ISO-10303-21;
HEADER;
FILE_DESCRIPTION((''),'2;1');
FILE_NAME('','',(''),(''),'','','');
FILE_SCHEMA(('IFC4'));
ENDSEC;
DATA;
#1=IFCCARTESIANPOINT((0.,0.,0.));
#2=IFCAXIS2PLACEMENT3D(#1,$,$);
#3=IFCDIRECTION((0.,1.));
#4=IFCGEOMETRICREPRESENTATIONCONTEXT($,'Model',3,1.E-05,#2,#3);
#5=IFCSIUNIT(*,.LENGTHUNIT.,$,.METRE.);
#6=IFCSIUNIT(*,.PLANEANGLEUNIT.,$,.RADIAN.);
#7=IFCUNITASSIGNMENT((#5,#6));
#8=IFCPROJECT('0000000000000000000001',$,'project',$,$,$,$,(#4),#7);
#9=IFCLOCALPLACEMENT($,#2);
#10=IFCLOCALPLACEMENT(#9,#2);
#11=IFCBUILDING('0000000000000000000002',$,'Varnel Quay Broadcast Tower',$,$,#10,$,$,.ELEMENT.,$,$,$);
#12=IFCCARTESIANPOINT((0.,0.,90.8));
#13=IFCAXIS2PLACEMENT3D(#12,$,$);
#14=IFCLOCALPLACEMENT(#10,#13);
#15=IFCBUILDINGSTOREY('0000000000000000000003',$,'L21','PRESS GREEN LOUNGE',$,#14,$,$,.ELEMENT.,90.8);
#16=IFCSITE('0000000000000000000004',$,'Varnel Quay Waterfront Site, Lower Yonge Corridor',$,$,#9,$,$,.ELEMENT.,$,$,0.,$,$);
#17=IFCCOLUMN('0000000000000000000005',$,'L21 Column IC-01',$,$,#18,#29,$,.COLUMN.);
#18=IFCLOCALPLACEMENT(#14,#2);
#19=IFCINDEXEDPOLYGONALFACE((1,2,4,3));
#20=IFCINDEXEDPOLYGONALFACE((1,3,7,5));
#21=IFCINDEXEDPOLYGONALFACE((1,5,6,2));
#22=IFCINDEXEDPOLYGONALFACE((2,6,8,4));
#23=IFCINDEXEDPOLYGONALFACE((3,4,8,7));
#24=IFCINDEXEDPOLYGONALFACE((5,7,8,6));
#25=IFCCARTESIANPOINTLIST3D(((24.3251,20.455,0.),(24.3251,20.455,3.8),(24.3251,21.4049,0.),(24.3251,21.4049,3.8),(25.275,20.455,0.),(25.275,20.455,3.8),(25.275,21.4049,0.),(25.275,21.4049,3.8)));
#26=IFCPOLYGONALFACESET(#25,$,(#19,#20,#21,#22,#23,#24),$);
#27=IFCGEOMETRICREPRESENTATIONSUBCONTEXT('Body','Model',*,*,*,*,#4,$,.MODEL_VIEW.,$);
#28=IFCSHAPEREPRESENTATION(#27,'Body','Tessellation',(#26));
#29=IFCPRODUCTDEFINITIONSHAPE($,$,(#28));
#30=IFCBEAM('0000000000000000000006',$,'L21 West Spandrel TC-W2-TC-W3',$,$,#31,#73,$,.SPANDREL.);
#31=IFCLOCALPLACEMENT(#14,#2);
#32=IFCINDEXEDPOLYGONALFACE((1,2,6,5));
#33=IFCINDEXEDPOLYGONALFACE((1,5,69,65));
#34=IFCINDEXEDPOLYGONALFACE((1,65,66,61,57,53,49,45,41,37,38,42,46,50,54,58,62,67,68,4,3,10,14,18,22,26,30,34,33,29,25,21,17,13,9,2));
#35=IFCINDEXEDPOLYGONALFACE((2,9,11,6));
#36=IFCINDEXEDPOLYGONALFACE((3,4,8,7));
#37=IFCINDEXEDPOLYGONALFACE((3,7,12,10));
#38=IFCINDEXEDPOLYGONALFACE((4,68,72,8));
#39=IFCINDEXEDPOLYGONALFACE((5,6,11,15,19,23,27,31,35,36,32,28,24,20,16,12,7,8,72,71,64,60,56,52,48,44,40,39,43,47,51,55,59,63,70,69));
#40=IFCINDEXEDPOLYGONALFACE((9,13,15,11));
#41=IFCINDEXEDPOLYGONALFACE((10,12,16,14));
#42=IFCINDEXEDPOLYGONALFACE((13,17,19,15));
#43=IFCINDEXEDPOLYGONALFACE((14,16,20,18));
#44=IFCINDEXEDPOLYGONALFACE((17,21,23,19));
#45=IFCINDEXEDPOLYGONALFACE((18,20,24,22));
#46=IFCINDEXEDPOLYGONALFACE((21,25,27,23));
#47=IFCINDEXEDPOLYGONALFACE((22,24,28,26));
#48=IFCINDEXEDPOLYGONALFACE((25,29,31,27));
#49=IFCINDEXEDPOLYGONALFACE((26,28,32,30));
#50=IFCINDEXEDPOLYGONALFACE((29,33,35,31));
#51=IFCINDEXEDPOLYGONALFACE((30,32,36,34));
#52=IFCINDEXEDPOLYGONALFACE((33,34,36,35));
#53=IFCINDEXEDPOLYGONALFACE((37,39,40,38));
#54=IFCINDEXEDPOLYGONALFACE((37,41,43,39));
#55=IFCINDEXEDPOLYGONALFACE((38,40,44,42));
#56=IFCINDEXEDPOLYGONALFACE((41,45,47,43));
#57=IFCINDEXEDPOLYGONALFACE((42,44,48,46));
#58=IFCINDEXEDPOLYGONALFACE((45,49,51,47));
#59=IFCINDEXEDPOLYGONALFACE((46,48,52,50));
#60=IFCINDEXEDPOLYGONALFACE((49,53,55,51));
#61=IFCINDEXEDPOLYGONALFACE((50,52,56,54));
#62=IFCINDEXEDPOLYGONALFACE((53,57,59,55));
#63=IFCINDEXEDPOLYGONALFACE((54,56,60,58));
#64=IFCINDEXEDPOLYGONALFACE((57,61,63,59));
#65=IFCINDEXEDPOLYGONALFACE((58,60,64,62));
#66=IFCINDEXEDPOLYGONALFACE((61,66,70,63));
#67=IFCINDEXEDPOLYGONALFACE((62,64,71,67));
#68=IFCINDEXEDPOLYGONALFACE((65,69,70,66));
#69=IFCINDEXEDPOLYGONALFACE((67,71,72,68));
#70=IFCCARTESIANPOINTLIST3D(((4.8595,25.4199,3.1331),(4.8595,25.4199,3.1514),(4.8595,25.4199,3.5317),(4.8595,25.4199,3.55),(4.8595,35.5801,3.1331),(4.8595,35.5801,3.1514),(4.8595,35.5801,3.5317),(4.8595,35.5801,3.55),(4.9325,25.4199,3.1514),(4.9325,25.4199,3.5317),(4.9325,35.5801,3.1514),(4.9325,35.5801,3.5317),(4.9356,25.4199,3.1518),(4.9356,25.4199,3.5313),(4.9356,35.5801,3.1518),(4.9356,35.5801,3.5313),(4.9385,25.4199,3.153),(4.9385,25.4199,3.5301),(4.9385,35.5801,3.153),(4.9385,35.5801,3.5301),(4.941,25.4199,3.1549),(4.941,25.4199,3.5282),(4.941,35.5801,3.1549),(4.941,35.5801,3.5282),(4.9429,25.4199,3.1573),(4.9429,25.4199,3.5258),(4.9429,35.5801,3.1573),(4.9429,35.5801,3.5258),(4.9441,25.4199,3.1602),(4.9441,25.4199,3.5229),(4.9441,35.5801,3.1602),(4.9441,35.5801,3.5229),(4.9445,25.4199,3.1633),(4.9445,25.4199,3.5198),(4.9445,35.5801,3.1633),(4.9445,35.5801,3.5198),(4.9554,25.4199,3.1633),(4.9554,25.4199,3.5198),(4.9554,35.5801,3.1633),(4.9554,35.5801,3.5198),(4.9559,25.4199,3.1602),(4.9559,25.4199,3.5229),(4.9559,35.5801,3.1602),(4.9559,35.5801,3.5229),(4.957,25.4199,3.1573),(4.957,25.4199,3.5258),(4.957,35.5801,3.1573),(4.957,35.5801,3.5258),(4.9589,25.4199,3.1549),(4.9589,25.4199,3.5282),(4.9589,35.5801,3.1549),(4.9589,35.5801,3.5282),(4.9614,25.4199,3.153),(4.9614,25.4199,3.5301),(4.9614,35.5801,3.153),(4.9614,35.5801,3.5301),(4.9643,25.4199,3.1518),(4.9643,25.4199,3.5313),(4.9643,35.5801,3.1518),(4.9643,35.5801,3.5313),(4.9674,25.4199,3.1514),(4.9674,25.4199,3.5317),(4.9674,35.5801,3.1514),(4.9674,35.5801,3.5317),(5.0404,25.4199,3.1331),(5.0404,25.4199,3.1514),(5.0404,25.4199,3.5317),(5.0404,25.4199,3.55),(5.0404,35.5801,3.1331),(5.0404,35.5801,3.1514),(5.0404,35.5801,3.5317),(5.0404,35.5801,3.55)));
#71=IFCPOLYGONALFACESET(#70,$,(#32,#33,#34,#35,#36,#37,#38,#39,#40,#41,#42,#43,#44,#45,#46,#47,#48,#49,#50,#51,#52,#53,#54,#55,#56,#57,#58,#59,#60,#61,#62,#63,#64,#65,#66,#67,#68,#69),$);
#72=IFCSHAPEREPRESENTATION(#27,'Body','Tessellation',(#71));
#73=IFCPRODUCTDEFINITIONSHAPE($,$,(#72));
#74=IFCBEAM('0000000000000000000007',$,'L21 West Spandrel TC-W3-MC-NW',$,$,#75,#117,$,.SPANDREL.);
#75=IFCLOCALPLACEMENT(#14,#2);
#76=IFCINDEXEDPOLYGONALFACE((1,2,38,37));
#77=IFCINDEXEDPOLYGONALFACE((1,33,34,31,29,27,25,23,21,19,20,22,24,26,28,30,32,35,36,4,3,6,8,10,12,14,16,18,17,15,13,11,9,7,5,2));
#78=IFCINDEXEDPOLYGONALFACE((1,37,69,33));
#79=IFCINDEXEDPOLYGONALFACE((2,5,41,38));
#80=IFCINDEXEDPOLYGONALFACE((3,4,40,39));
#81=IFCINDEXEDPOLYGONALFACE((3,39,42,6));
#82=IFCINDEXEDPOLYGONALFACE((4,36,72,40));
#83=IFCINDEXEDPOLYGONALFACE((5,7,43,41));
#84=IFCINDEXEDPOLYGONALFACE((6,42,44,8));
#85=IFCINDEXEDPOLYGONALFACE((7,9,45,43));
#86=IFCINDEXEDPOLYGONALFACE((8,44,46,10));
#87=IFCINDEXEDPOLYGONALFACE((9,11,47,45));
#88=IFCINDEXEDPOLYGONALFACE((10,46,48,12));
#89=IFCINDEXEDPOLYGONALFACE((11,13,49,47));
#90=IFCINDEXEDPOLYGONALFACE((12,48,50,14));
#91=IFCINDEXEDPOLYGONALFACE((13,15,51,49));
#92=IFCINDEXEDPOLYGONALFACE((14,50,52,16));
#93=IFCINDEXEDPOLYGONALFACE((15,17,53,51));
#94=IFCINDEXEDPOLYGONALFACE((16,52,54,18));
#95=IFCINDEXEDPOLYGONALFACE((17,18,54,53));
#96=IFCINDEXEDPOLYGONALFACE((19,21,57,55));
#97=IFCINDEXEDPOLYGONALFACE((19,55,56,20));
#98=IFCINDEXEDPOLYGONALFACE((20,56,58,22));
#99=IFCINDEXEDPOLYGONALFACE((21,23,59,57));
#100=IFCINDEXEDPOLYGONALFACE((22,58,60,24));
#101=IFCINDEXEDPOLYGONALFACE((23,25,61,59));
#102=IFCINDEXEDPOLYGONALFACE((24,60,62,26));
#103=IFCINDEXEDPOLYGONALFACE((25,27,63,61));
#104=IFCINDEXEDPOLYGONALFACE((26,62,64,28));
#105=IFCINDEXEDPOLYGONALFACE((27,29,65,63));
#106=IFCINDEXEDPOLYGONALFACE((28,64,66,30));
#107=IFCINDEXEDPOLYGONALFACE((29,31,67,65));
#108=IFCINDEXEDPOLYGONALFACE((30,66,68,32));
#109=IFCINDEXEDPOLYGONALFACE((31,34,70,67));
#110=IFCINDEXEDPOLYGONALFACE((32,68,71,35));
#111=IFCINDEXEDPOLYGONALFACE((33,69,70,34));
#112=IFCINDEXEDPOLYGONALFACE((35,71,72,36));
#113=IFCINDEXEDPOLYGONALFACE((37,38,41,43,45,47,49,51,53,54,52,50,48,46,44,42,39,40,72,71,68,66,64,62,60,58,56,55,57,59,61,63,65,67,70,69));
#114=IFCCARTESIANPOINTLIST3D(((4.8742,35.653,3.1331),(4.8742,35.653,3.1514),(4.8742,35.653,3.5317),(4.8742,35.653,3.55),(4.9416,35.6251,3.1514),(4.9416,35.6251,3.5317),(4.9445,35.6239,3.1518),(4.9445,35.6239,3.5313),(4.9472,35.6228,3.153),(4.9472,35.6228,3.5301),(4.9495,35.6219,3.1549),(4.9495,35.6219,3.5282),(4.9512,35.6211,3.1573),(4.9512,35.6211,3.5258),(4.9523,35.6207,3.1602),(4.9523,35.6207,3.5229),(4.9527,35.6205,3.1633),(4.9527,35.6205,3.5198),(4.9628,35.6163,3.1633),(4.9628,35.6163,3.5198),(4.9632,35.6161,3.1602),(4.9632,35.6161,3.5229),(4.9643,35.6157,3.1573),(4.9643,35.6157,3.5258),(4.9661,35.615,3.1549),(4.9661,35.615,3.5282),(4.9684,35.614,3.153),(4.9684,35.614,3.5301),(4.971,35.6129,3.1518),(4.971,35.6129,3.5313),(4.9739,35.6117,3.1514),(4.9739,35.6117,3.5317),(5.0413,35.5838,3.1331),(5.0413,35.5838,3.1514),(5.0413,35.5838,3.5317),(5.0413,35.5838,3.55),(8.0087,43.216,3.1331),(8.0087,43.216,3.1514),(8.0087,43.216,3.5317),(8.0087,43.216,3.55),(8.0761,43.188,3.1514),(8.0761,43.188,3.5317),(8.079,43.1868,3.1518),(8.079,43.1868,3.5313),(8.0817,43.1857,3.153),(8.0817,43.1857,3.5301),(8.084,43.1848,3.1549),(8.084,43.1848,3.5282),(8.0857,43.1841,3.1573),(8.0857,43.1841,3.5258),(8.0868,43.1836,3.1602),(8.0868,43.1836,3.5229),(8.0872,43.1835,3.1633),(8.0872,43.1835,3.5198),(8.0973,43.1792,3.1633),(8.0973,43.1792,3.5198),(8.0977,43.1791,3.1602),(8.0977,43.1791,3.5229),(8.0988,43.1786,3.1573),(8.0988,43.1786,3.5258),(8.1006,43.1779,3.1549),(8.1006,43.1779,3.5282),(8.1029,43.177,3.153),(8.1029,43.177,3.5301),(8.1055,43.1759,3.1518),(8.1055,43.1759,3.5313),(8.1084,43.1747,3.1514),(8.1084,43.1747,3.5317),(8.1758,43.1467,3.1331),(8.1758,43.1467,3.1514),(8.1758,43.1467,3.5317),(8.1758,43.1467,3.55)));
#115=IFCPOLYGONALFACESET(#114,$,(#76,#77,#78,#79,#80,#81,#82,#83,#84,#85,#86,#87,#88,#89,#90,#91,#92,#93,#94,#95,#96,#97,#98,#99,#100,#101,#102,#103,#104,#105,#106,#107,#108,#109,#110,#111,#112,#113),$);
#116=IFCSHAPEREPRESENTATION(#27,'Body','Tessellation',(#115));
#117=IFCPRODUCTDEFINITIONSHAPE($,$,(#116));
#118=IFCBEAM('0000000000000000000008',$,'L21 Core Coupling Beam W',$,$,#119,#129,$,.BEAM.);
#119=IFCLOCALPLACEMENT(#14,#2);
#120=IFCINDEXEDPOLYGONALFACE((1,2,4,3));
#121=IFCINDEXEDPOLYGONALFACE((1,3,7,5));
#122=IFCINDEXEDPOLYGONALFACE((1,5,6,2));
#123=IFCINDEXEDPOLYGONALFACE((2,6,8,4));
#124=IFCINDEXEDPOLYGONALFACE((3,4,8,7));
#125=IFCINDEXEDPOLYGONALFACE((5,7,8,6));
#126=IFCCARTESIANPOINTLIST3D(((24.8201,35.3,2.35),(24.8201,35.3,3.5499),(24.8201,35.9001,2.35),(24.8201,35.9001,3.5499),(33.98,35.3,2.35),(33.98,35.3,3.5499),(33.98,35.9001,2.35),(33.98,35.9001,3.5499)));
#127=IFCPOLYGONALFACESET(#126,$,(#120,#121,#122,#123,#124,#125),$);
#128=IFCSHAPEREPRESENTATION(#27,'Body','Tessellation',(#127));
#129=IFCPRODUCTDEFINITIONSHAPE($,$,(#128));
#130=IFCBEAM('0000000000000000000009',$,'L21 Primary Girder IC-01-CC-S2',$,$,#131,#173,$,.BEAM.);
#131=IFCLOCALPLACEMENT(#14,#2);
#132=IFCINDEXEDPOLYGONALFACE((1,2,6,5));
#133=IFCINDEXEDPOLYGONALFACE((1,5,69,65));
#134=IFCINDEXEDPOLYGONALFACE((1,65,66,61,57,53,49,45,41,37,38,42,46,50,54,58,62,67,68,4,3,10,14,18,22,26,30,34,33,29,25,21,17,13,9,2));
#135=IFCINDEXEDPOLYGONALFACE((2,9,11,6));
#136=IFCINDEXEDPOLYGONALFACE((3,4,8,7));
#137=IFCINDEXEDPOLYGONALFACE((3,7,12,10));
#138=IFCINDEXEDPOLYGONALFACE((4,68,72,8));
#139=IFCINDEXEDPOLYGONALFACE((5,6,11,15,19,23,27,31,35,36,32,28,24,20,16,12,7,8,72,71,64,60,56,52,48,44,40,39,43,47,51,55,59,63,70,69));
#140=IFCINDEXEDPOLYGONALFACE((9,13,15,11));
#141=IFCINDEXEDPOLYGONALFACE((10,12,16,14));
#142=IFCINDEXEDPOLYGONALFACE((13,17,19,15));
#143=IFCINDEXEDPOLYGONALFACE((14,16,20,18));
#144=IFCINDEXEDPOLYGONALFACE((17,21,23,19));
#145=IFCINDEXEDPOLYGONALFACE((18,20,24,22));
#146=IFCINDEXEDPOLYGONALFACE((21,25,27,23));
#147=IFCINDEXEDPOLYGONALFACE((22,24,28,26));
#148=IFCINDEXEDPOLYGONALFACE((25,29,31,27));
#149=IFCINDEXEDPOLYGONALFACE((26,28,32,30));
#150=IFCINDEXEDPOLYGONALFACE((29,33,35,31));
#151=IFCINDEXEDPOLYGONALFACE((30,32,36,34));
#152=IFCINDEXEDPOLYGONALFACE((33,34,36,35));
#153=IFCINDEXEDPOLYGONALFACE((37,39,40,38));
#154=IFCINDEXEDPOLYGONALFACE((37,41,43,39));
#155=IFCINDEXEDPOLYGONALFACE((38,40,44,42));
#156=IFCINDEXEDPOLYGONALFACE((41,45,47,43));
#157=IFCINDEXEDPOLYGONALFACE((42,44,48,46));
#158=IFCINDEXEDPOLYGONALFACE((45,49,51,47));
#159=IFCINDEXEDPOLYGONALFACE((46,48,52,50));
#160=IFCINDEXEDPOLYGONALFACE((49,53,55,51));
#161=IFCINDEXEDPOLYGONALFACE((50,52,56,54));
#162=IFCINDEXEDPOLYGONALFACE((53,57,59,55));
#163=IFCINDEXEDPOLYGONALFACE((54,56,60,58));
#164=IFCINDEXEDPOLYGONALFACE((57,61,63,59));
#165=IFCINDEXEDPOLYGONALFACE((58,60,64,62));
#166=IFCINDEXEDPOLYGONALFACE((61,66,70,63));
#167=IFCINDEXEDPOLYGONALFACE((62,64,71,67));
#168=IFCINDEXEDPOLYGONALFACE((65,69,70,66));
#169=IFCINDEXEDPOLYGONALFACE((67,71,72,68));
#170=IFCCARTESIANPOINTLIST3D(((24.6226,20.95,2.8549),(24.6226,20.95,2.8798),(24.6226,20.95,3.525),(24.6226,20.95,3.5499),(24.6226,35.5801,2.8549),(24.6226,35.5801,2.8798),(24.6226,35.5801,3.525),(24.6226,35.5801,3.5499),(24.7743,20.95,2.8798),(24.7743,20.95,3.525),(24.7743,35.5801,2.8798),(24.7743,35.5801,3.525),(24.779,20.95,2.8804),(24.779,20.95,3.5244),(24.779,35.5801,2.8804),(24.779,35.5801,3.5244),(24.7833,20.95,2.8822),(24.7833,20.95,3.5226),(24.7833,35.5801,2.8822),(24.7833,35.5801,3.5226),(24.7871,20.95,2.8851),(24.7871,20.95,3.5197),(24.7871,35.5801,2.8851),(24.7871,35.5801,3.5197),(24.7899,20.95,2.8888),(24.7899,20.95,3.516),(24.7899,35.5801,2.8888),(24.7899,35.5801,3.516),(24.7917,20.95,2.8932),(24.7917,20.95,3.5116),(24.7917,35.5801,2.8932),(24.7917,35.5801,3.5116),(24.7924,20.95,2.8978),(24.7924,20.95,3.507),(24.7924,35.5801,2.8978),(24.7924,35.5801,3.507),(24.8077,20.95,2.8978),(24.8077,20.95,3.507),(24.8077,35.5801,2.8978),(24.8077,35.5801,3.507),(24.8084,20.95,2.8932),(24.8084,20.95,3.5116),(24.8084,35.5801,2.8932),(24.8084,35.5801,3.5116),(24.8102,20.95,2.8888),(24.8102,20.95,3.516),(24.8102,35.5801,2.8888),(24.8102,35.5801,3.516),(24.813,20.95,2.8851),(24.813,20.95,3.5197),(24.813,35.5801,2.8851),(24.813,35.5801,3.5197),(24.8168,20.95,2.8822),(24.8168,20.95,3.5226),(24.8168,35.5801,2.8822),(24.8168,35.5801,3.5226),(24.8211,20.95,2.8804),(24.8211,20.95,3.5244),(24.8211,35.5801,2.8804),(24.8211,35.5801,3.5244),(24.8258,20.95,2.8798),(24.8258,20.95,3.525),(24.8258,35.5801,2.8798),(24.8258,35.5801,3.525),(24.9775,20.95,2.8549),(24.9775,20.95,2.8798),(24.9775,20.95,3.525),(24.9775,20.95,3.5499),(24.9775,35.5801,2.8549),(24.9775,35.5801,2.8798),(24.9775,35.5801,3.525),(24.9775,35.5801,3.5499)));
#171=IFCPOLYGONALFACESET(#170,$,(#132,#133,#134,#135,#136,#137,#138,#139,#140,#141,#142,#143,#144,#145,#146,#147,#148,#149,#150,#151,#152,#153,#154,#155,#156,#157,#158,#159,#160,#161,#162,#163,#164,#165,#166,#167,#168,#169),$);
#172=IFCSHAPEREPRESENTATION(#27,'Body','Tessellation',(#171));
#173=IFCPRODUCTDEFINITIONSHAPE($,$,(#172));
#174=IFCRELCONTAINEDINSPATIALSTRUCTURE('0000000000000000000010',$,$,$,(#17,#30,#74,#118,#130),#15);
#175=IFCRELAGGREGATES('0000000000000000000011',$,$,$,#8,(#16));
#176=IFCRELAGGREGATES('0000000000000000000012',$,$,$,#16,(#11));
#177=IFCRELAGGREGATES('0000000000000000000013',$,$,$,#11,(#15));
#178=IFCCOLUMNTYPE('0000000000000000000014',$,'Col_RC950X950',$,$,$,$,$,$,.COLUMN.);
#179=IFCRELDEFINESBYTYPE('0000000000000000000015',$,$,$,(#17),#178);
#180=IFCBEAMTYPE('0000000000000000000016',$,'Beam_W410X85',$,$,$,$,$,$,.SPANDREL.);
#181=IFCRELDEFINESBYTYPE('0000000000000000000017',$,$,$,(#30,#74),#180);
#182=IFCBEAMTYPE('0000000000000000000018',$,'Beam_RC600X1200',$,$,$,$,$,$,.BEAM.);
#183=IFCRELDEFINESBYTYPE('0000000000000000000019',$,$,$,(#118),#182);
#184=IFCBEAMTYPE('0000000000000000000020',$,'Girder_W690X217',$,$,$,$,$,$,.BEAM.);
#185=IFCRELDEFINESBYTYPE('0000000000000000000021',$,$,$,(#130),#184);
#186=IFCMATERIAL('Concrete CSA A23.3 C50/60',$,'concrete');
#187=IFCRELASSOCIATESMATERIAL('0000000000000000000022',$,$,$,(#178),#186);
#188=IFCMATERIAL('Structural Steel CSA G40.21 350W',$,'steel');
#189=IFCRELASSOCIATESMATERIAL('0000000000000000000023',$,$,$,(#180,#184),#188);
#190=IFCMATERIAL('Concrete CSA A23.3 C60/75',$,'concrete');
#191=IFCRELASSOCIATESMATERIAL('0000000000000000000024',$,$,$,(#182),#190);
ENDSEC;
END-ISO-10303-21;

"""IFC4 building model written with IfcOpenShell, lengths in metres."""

from ifc_helpers import new_model, si_unit, direction, frame, origin, origin_2d, place, context, subcontext, project, spatial, rectangle, i_section, extrude, source, transform, mapped, material, material_profile, profile_set, type_object, type_shapes, element, save


model = new_model("IFC4")

# Units and contexts
model_context = context("Model", 3, precision=1e-05, world=origin(), true_north=direction((0.0, 1.0)))
body_context = subcontext(model_context, "Body", "Model", "MODEL_VIEW")
ifc_project = project(units=[si_unit("LENGTHUNIT", "METRE"), si_unit("PLANEANGLEUNIT", "RADIAN")], contexts=[model_context])

# Site, building, storey
site_placement = place(None, origin())
site = spatial("IfcSite", under=ifc_project, at=site_placement, Name="Varnel Quay Waterfront Site, Lower Yonge Corridor", CompositionType="ELEMENT", RefElevation=0.0)
building_placement = place(site_placement, origin())
building = spatial("IfcBuilding", under=site, at=building_placement, Name="Varnel Quay Broadcast Tower", CompositionType="ELEMENT")
storey_placement = place(building_placement, frame((0.0, 0.0, 90.8)))
storey = spatial("IfcBuildingStorey", under=building, at=storey_placement, Name="L21", Description="PRESS GREEN LOUNGE", CompositionType="ELEMENT", Elevation=90.8)

# Column
ifc_material_1 = material(Name="Structural Steel CSA G40.21 350W", Category="steel")
ifc_material_2 = material(Name="Concrete CSA A23.3 C50/60", Category="concrete")
ifc_material_profile_1 = material_profile(ifc_material_2, rectangle(XDim=0.95, YDim=0.95, at=origin_2d()), Name="RC950X950")
ifc_profile_set_1 = profile_set([ifc_material_profile_1], Name="Concrete CSA A23.3 C50/60")
column_type_1 = type_object("IfcColumnType", Name="Col_RC950X950", PredefinedType="COLUMN", material=ifc_profile_set_1)
shared_shape_1 = source(origin(), body_context, "Body", "SweptSolid", [
    extrude(rectangle(XDim=0.95, YDim=0.95, at=origin_2d()), origin(), (0.0, 0.0, 1.0), 3.8),
])
type_shapes(column_type_1, [shared_shape_1])
column_placement = place(storey_placement, frame((24.8, 20.9299, 0.0), z_axis=(0.0, 0.0, 1.0), x_axis=(1.0, 0.0, 0.0)))
element("IfcColumn", 1, at=column_placement, inside=storey, type_object=column_type_1, Name="L21 Column IC-01", PredefinedType="COLUMN", context=body_context, shape_type="MappedRepresentation", body=[
    mapped(shared_shape_1, transform((0.0, 0.0, 0.0), x_axis=(1.0, 0.0, 0.0), y_axis=(0.0, 1.0, 0.0), z_axis=(0.0, 0.0, 1.0), scale=1.0)),
])

# Beams
ifc_material_profile_2 = material_profile(ifc_material_1, i_section(OverallWidth=0.1809, OverallDepth=0.417, WebThickness=0.011, FlangeThickness=0.0183, FilletRadius=0.012, at=origin_2d()), Name="W410X85")
ifc_profile_set_2 = profile_set([ifc_material_profile_2], Name="Structural Steel CSA G40.21 350W")
beam_type_1 = type_object("IfcBeamType", Name="Beam_W410X85", PredefinedType="SPANDREL", material=ifc_profile_set_2)
shared_shape_2 = source(origin(), body_context, "Body", "SweptSolid", [
    extrude(i_section(OverallWidth=0.1809, OverallDepth=0.417, WebThickness=0.011, FlangeThickness=0.0183, FilletRadius=0.012, at=origin_2d()), origin(), (0.0, 0.0, 1.0), 10.1602),
])
beam_1_placement = place(storey_placement, frame((4.95, 25.4199, 3.3416), z_axis=(0.0, 1.0, 0.0), x_axis=(-1.0, 0.0, 0.0)))
element("IfcBeam", 2, at=beam_1_placement, inside=storey, type_object=beam_type_1, Name="L21 West Spandrel TC-W2-TC-W3", PredefinedType="SPANDREL", context=body_context, shape_type="MappedRepresentation", body=[
    mapped(shared_shape_2, transform((0.0, 0.0, 0.0), x_axis=(1.0, 0.0, 0.0), y_axis=(0.0, 1.0, 0.0), z_axis=(0.0, 0.0, 1.0), scale=1.0)),
])
shared_shape_3 = source(origin(), body_context, "Body", "SweptSolid", [
    extrude(i_section(OverallWidth=0.1809, OverallDepth=0.417, WebThickness=0.011, FlangeThickness=0.0183, FilletRadius=0.012, at=origin_2d()), origin(), (0.0, 0.0, 1.0), 8.1868),
])
type_shapes(beam_type_1, [shared_shape_2, shared_shape_3])
beam_2_placement = place(storey_placement, frame((4.9578, 35.6184, 3.3416), z_axis=(0.382874, 0.923801, 0.0), x_axis=(-0.923801, 0.382874, 0.0)))
element("IfcBeam", 3, at=beam_2_placement, inside=storey, type_object=beam_type_1, Name="L21 West Spandrel TC-W3-MC-NW", PredefinedType="SPANDREL", context=body_context, shape_type="MappedRepresentation", body=[
    mapped(shared_shape_3, transform((0.0, 0.0, 0.0), x_axis=(1.0, 0.0, 0.0), y_axis=(0.0, 1.0, 0.0), z_axis=(0.0, 0.0, 1.0), scale=1.0)),
])
ifc_material_3 = material(Name="Concrete CSA A23.3 C60/75", Category="concrete")
ifc_material_profile_3 = material_profile(ifc_material_3, rectangle(XDim=0.6001, YDim=1.2, at=origin_2d()), Name="RC600X1200")
ifc_profile_set_3 = profile_set([ifc_material_profile_3], Name="Concrete CSA A23.3 C60/75")
beam_type_2 = type_object("IfcBeamType", Name="Beam_RC600X1200", PredefinedType="BEAM", material=ifc_profile_set_3)
shared_shape_4 = source(origin(), body_context, "Body", "SweptSolid", [
    extrude(rectangle(XDim=0.6001, YDim=1.2, at=origin_2d()), origin(), (0.0, 0.0, 1.0), 9.1599),
])
type_shapes(beam_type_2, [shared_shape_4])
beam_3_placement = place(storey_placement, frame((24.8201, 35.6001, 2.95), z_axis=(1.0, 0.0, 0.0), x_axis=(0.0, 1.0, 0.0)))
element("IfcBeam", 4, at=beam_3_placement, inside=storey, type_object=beam_type_2, Name="L21 Core Coupling Beam W", PredefinedType="BEAM", context=body_context, shape_type="MappedRepresentation", body=[
    mapped(shared_shape_4, transform((0.0, 0.0, 0.0), x_axis=(1.0, 0.0, 0.0), y_axis=(0.0, 1.0, 0.0), z_axis=(0.0, 0.0, 1.0), scale=1.0)),
])
ifc_material_profile_4 = material_profile(ifc_material_1, i_section(OverallWidth=0.355, OverallDepth=0.6951, WebThickness=0.0154, FlangeThickness=0.0249, FilletRadius=0.0181, at=origin_2d()), Name="W690X217")
ifc_profile_set_4 = profile_set([ifc_material_profile_4], Name="Structural Steel CSA G40.21 350W")
beam_type_3 = type_object("IfcBeamType", Name="Girder_W690X217", PredefinedType="BEAM", material=ifc_profile_set_4)
shared_shape_5 = source(origin(), body_context, "Body", "SweptSolid", [
    extrude(i_section(OverallWidth=0.355, OverallDepth=0.6951, WebThickness=0.0154, FlangeThickness=0.0249, FilletRadius=0.0181, at=origin_2d()), origin(), (0.0, 0.0, 1.0), 14.6301),
])
beam_4_placement = place(storey_placement, frame((24.8, 20.95, 3.2024), z_axis=(0.0, 1.0, 0.0), x_axis=(-1.0, 0.0, 0.0)))
element("IfcBeam", 5, at=beam_4_placement, inside=storey, type_object=beam_type_3, Name="L21 Primary Girder IC-01-CC-S2", PredefinedType="BEAM", context=body_context, shape_type="MappedRepresentation", body=[
    mapped(shared_shape_5, transform((0.0, 0.0, 0.0), x_axis=(1.0, 0.0, 0.0), y_axis=(0.0, 1.0, 0.0), z_axis=(0.0, 0.0, 1.0), scale=1.0)),
])

save(model, "model.ifc")
